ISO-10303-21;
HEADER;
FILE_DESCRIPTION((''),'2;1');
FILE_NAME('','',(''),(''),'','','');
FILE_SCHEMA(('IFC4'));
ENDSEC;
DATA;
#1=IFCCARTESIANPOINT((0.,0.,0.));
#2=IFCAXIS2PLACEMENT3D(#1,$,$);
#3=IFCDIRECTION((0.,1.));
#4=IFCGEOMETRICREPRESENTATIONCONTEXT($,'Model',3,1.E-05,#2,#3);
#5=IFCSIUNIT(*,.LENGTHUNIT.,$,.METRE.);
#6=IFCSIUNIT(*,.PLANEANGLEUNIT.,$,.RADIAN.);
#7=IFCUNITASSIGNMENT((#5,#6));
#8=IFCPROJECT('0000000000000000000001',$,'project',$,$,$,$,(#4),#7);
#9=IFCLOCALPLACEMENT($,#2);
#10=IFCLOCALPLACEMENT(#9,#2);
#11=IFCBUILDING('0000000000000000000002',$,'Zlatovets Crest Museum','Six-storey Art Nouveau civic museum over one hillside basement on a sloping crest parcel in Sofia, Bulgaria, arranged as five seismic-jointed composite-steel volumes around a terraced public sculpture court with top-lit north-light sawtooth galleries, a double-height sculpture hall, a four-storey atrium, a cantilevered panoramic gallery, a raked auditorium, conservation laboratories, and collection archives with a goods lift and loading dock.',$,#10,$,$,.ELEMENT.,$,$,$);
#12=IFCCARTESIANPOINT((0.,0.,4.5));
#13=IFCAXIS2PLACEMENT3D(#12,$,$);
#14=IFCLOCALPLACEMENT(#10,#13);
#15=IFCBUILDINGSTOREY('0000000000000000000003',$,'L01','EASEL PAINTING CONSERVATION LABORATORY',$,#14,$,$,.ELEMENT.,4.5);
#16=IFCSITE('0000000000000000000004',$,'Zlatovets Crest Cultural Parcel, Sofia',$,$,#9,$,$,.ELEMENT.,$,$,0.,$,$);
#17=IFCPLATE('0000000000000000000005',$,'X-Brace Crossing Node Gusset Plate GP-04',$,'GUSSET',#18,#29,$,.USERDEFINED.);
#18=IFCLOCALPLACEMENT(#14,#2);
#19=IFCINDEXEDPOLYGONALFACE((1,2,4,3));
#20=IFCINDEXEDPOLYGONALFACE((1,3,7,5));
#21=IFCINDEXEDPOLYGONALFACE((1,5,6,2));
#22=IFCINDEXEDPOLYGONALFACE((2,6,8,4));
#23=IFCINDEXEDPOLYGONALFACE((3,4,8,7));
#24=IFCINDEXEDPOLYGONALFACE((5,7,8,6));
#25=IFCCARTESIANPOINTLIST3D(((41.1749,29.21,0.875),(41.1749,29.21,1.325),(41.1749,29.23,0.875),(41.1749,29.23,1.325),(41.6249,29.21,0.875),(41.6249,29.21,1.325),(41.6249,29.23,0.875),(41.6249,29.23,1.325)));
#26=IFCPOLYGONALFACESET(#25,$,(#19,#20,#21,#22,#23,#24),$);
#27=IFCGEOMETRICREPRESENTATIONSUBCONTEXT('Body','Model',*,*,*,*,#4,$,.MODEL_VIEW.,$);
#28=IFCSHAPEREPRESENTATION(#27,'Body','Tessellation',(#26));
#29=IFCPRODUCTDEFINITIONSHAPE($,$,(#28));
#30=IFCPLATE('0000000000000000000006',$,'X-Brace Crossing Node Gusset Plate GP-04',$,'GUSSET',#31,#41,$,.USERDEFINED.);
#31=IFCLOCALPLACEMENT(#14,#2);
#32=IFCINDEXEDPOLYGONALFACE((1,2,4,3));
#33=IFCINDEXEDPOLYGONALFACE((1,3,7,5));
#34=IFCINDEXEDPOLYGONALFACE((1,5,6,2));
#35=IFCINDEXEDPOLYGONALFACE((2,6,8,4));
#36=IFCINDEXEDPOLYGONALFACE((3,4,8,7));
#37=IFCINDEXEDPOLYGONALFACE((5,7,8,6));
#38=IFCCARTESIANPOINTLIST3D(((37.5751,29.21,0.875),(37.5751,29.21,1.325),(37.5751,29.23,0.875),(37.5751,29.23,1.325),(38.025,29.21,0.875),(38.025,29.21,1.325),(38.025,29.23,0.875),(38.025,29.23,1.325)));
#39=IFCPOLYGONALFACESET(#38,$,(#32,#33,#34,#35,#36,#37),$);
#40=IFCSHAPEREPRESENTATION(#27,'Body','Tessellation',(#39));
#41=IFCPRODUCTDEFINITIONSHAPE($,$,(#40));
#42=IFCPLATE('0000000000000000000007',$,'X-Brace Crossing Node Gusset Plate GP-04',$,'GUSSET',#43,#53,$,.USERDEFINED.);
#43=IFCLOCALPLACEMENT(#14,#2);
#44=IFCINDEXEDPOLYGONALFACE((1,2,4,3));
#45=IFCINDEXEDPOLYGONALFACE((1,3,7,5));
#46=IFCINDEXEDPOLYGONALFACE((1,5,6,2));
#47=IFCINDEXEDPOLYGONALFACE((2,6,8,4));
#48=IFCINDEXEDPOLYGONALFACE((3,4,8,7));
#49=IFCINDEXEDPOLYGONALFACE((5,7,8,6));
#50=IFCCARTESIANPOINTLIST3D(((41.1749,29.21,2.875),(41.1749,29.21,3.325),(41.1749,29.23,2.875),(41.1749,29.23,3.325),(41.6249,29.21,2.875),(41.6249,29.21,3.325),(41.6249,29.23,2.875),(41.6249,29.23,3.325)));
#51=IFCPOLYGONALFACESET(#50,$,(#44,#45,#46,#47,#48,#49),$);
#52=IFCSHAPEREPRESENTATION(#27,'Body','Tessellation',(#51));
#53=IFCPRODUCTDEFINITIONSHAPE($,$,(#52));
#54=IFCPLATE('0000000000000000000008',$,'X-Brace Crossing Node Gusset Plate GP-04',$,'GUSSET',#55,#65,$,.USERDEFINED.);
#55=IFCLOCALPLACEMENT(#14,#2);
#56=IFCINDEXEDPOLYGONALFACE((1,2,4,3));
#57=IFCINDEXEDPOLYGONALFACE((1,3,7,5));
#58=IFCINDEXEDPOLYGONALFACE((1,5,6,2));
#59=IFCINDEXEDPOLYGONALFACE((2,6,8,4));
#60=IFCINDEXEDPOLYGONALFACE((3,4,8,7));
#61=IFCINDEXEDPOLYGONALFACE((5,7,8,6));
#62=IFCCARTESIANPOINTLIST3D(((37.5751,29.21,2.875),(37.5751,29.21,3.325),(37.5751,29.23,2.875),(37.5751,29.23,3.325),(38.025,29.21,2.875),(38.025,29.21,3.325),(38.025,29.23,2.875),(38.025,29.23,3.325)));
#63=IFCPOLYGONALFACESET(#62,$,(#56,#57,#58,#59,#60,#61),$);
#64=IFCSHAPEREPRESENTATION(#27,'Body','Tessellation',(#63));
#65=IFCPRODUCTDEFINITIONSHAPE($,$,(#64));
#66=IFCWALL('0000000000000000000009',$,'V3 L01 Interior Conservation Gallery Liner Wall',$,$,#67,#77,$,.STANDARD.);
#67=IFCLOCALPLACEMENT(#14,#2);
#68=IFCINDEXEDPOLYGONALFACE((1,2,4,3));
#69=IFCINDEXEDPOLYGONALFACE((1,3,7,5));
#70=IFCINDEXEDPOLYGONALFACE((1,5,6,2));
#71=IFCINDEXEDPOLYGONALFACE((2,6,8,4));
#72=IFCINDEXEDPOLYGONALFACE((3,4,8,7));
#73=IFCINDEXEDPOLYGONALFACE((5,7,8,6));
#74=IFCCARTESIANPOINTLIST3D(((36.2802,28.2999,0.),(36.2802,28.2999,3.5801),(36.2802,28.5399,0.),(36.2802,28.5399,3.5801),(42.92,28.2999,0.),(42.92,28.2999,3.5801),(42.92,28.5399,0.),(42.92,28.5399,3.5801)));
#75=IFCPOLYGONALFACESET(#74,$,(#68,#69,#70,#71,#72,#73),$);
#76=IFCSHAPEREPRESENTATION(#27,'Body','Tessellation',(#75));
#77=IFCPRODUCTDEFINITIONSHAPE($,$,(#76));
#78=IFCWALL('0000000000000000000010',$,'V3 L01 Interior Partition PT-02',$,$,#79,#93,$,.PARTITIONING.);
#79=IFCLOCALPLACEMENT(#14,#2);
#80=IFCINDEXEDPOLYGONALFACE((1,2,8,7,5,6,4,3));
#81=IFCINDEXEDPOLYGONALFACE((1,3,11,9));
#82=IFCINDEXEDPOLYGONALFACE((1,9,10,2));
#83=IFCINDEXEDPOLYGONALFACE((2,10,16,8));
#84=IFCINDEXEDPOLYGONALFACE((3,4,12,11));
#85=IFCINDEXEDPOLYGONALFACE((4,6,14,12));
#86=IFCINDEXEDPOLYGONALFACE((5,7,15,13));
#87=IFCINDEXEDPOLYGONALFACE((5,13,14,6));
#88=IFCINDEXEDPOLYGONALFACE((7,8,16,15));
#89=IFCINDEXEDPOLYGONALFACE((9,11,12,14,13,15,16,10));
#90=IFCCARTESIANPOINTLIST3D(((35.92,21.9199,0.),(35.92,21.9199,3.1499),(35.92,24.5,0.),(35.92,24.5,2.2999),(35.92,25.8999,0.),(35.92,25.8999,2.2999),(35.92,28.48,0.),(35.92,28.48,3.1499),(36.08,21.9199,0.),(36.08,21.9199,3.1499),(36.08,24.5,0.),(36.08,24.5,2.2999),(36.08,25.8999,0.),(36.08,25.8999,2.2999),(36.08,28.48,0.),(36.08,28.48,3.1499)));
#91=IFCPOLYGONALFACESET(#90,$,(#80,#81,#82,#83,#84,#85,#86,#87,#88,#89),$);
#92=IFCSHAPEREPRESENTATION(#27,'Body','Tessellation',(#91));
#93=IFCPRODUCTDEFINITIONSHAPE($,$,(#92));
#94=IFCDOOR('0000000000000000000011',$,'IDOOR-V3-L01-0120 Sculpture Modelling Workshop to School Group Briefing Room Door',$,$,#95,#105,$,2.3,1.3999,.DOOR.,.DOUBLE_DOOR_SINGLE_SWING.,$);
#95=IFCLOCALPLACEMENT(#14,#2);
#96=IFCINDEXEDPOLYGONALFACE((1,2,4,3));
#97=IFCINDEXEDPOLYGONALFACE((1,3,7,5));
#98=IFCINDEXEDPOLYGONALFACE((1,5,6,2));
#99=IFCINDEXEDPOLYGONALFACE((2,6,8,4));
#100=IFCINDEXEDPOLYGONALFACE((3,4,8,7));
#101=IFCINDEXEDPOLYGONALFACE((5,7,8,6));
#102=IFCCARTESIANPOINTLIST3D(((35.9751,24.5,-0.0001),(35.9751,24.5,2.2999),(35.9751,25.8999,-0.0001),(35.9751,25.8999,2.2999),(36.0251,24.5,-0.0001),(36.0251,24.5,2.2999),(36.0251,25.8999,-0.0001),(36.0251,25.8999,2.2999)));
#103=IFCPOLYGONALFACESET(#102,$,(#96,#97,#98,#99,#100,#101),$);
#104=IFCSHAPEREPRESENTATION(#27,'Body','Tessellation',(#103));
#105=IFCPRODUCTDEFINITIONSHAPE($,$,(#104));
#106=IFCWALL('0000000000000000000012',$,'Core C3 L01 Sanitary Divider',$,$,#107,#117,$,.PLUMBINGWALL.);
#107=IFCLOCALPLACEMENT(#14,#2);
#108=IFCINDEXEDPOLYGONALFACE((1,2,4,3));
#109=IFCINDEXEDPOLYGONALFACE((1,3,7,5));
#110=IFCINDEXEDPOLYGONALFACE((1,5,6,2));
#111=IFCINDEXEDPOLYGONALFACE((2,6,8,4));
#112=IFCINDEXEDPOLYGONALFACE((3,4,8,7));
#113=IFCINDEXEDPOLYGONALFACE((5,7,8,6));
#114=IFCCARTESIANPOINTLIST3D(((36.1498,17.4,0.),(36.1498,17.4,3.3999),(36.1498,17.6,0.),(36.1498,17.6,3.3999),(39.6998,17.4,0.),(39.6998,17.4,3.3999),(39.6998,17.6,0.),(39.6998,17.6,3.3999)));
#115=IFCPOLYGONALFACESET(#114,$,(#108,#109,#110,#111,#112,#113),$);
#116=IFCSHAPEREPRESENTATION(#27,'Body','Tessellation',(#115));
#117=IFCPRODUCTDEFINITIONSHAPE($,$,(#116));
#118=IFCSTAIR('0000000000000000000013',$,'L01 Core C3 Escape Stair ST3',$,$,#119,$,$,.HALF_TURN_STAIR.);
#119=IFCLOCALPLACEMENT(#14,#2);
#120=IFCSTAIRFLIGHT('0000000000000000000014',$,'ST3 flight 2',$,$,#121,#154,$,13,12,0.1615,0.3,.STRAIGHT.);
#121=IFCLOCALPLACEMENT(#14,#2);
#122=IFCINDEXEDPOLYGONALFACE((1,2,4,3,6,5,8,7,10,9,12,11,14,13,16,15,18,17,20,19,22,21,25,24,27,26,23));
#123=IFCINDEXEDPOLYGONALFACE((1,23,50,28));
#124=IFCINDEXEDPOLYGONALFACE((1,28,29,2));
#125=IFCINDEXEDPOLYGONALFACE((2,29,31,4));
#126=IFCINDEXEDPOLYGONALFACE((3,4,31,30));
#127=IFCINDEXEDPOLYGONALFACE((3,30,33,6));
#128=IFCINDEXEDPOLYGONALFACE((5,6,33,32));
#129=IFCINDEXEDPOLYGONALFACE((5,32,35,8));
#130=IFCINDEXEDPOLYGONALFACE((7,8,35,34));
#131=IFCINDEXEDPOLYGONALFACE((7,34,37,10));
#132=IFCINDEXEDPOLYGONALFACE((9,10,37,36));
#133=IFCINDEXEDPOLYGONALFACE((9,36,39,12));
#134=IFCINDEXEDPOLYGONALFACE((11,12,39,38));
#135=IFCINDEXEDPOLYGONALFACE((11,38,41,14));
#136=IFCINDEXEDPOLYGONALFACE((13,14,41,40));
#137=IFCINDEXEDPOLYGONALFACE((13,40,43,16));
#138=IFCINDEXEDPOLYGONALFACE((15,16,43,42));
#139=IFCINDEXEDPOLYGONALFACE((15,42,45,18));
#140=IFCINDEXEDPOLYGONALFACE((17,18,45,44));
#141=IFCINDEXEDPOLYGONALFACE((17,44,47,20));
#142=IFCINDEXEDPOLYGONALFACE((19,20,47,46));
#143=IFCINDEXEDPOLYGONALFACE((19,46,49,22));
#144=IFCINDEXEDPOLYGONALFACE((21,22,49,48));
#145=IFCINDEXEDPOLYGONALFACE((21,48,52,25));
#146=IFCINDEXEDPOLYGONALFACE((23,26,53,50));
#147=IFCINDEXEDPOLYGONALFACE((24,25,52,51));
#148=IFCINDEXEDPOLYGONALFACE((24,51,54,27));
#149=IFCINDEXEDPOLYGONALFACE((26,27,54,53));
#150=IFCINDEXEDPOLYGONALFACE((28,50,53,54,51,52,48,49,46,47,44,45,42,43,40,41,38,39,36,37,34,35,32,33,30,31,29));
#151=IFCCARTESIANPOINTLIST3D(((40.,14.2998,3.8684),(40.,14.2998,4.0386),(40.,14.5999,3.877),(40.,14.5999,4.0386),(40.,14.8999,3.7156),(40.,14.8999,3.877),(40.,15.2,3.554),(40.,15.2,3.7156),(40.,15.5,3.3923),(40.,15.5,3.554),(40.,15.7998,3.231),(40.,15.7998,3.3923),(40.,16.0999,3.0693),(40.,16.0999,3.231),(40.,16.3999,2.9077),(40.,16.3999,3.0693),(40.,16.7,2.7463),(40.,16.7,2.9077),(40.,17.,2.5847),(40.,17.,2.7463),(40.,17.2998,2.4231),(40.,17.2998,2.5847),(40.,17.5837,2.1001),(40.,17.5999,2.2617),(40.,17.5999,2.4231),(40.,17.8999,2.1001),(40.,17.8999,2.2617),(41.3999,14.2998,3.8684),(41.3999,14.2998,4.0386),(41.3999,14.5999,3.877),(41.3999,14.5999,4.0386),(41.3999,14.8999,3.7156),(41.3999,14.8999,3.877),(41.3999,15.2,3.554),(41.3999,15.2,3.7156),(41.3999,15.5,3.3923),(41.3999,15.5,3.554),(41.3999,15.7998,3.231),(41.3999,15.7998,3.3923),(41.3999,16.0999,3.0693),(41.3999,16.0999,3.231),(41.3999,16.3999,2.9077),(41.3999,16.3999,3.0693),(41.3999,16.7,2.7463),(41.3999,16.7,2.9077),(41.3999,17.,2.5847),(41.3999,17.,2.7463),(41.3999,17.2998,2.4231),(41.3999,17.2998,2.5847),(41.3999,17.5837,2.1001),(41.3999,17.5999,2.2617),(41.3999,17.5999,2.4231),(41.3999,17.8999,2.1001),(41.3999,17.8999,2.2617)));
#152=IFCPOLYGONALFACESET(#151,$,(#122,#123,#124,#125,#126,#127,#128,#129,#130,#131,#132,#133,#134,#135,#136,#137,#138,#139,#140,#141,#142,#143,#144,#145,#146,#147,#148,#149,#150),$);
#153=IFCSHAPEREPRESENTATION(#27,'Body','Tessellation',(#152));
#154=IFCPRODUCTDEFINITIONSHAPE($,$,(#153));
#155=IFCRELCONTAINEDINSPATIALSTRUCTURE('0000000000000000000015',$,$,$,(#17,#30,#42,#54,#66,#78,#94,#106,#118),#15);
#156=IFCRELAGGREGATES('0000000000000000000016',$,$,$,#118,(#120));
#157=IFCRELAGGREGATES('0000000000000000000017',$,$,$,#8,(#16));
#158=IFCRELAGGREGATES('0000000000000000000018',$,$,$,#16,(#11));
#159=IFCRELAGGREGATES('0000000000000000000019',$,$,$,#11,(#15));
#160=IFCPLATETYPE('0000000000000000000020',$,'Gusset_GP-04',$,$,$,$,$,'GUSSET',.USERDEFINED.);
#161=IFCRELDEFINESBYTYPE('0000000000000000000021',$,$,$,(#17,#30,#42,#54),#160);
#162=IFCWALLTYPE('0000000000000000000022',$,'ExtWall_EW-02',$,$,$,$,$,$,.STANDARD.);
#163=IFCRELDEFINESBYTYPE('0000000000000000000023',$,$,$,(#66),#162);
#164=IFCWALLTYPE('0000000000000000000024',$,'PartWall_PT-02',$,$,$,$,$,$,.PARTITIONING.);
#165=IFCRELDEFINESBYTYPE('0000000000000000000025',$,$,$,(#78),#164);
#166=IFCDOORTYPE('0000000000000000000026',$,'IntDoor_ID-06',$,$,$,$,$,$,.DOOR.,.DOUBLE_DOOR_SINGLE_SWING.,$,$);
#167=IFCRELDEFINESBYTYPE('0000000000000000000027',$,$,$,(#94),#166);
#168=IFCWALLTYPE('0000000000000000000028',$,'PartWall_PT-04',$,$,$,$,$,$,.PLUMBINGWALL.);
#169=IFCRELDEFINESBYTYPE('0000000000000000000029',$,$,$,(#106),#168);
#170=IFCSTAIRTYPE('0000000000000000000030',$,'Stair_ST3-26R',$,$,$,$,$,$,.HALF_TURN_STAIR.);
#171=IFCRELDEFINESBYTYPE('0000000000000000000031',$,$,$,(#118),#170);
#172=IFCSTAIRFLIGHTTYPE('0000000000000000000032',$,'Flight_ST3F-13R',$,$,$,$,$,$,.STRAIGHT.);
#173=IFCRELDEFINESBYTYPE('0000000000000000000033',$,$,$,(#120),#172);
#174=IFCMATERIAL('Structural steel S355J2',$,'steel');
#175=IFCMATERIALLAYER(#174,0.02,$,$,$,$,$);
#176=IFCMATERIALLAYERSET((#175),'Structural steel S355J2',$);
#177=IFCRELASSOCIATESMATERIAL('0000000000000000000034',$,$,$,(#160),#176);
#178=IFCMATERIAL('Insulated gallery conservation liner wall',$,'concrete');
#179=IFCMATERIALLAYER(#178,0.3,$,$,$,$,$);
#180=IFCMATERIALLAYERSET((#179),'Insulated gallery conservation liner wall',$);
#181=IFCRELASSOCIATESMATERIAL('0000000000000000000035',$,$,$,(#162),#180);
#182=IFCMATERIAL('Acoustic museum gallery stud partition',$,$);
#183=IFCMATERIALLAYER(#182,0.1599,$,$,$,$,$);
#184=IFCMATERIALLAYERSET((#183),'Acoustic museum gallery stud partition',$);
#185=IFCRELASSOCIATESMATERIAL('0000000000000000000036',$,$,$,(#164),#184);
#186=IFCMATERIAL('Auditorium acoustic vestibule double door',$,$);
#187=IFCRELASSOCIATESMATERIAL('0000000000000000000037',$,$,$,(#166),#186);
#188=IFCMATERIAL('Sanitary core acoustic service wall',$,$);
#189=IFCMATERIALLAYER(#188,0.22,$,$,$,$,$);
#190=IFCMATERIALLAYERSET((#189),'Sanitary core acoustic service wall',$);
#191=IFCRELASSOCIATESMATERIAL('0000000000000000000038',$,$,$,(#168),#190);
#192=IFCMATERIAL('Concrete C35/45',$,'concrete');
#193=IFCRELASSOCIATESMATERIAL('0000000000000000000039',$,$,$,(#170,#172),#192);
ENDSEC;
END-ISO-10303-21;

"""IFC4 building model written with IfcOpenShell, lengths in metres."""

from ifc_helpers import new_model, si_unit, direction, frame, frame_2d, origin, origin_2d, place, context, subcontext, project, spatial, polyline, rectangle, outline, extrude, material, layer, layer_set, type_object, element, fill, aggregate, save


model = new_model("IFC4")

# Units and contexts
model_context = context("Model", 3, precision=1e-05, world=origin(), true_north=direction((0.0, 1.0)))
body_context = subcontext(model_context, "Body", "Model", "MODEL_VIEW")
ifc_project = project(units=[si_unit("LENGTHUNIT", "METRE"), si_unit("PLANEANGLEUNIT", "RADIAN")], contexts=[model_context])

# Site, building, storey
site_placement = place(None, origin())
site = spatial("IfcSite", under=ifc_project, at=site_placement, Name="Zlatovets Crest Cultural Parcel, Sofia", CompositionType="ELEMENT", RefElevation=0.0)
building_placement = place(site_placement, origin())
building = spatial("IfcBuilding", under=site, at=building_placement, Name="Zlatovets Crest Museum", Description="Six-storey Art Nouveau civic museum over one hillside basement on a sloping crest parcel in Sofia, Bulgaria, arranged as five seismic-jointed composite-steel volumes around a terraced public sculpture court with top-lit north-light sawtooth galleries, a double-height sculpture hall, a four-storey atrium, a cantilevered panoramic gallery, a raked auditorium, conservation laboratories, and collection archives with a goods lift and loading dock.", CompositionType="ELEMENT")
storey_placement = place(building_placement, frame((0.0, 0.0, 4.5)))
storey = spatial("IfcBuildingStorey", under=building, at=storey_placement, Name="L01", Description="EASEL PAINTING CONSERVATION LABORATORY", CompositionType="ELEMENT", Elevation=4.5)

# Shared definitions
ifc_material_1 = material(Name="Structural steel S355J2", Category="steel")

# Plates
ifc_layer_1 = layer(ifc_material_1, 0.02)
ifc_layer_set_1 = layer_set([ifc_layer_1], Name="Structural steel S355J2")
plate_type_1 = type_object("IfcPlateType", Name="Gusset_GP-04", ElementType="GUSSET", PredefinedType="USERDEFINED", material=ifc_layer_set_1)
for number, where, z_axis, x_axis, name in (
    (1, (41.3999, 29.22, 0.875), (0.0, 0.0, 1.0), (1.0, 0.0, 0.0), "X-Brace Crossing Node Gusset Plate GP-04"),
    (2, (37.8, 29.22, 0.875), (0.0, 0.0, 1.0), (1.0, 0.0, 0.0), "X-Brace Crossing Node Gusset Plate GP-04"),
    (3, (41.3999, 29.22, 2.875), (0.0, 0.0, 1.0), (1.0, 0.0, 0.0), "X-Brace Crossing Node Gusset Plate GP-04"),
    (4, (37.8, 29.22, 2.875), (0.0, 0.0, 1.0), (1.0, 0.0, 0.0), "X-Brace Crossing Node Gusset Plate GP-04"),
):
    element("IfcPlate", number, at=place(storey_placement, frame(where, z_axis=z_axis, x_axis=x_axis)), inside=storey, type_object=plate_type_1, Name=name, ObjectType="GUSSET", PredefinedType="USERDEFINED", context=body_context, shape_type="SweptSolid", body=[
        extrude(rectangle(XDim=0.45, YDim=0.02, at=origin_2d()), origin(), (0.0, 0.0, 1.0), 0.45),
    ])

# Wall
ifc_material_2 = material(Name="Insulated gallery conservation liner wall", Category="concrete")
ifc_layer_2 = layer(ifc_material_2, 0.3)
ifc_layer_set_2 = layer_set([ifc_layer_2], Name="Insulated gallery conservation liner wall")
wall_type_1 = type_object("IfcWallType", Name="ExtWall_EW-02", PredefinedType="STANDARD", material=ifc_layer_set_2)
wall_1_placement = place(storey_placement, frame((42.9199, 28.4199, 0.0), z_axis=(0.0, 0.0, 1.0), x_axis=(-1.0, 0.0, 0.0)))
element("IfcWall", 5, at=wall_1_placement, inside=storey, type_object=wall_type_1, Name="V3 L01 Interior Conservation Gallery Liner Wall", PredefinedType="STANDARD", context=body_context, shape_type="SweptSolid", body=[
    extrude(rectangle(XDim=6.6399, YDim=0.24, at=frame_2d((3.3198, 0.0))), origin(), (0.0, 0.0, 1.0), 3.5801),
])

# Wall, opening, door
ifc_material_3 = material(Name="Acoustic museum gallery stud partition")
ifc_layer_3 = layer(ifc_material_3, 0.1599)
ifc_layer_set_3 = layer_set([ifc_layer_3], Name="Acoustic museum gallery stud partition")
wall_type_2 = type_object("IfcWallType", Name="PartWall_PT-02", PredefinedType="PARTITIONING", material=ifc_layer_set_3)
wall_2_placement = place(storey_placement, frame((36.0, 21.9199, 0.0), z_axis=(0.0, 0.0, 1.0), x_axis=(0.0, 1.0, 0.0)))
wall_2 = element("IfcWall", 6, at=wall_2_placement, inside=storey, type_object=wall_type_2, Name="V3 L01 Interior Partition PT-02", PredefinedType="PARTITIONING", context=body_context, shape_type="SweptSolid", body=[
    extrude(rectangle(XDim=6.5601, YDim=0.1599, at=frame_2d((3.28, 0.0))), origin(), (0.0, 0.0, 1.0), 3.1499),
])
opening_placement = place(wall_2_placement, frame((2.5801, 0.0, 0.0)))
opening = element("IfcOpeningElement", 7, at=opening_placement, cuts=wall_2, PredefinedType="OPENING", context=body_context, shape_type="SweptSolid", body=[
    extrude(rectangle(XDim=1.3999, YDim=2.3, at=frame_2d((0.7, 1.1499))), frame((0.0, 0.0898, 0.0), z_axis=(0.0, -1.0, 0.0), x_axis=(1.0, 0.0, 0.0)), (0.0, 0.0, 1.0), 0.1799),
])
ifc_material_4 = material(Name="Auditorium acoustic vestibule double door")
door_type = type_object("IfcDoorType", Name="IntDoor_ID-06", OperationType="DOUBLE_DOOR_SINGLE_SWING", PredefinedType="DOOR", material=ifc_material_4)
door_placement = place(opening_placement, origin())
door = element("IfcDoor", 8, at=door_placement, inside=storey, type_object=door_type, Name="IDOOR-V3-L01-0120 Sculpture Modelling Workshop to School Group Briefing Room Door", OperationType="DOUBLE_DOOR_SINGLE_SWING", OverallHeight=2.3, OverallWidth=1.3999, PredefinedType="DOOR", context=body_context, shape_type="SweptSolid", body=[
    extrude(rectangle(XDim=1.3999, YDim=2.3, at=frame_2d((0.7, 1.1499))), frame((0.0, 0.0249, 0.0), z_axis=(0.0, -1.0, 0.0), x_axis=(1.0, 0.0, 0.0)), (0.0, 0.0, 1.0), 0.05),
])
fill(opening, door)

# Wall
ifc_material_5 = material(Name="Sanitary core acoustic service wall")
ifc_layer_4 = layer(ifc_material_5, 0.22)
ifc_layer_set_4 = layer_set([ifc_layer_4], Name="Sanitary core acoustic service wall")
wall_type_3 = type_object("IfcWallType", Name="PartWall_PT-04", PredefinedType="PLUMBINGWALL", material=ifc_layer_set_4)
wall_3_placement = place(storey_placement, frame((36.1499, 17.5, 0.0), z_axis=(0.0, 0.0, 1.0), x_axis=(1.0, 0.0, 0.0)))
element("IfcWall", 9, at=wall_3_placement, inside=storey, type_object=wall_type_3, Name="Core C3 L01 Sanitary Divider", PredefinedType="PLUMBINGWALL", context=body_context, shape_type="SweptSolid", body=[
    extrude(rectangle(XDim=3.55, YDim=0.2, at=frame_2d((1.7749, 0.0))), origin(), (0.0, 0.0, 1.0), 3.3999),
])

# Stair, stair flight
ifc_material_6 = material(Name="Concrete C35/45", Category="concrete")
stair_type = type_object("IfcStairType", Name="Stair_ST3-26R", PredefinedType="HALF_TURN_STAIR", material=ifc_material_6)
stair_placement = place(storey_placement, origin())
stair = element("IfcStair", 10, at=stair_placement, inside=storey, type_object=stair_type, Name="L01 Core C3 Escape Stair ST3", PredefinedType="HALF_TURN_STAIR")
stair_flight_type = type_object("IfcStairFlightType", Name="Flight_ST3F-13R", PredefinedType="STRAIGHT", material=ifc_material_6)
stair_flight_placement = place(storey_placement, frame((40.7, 17.8999, 2.1001), z_axis=(0.0, 0.0, 1.0), x_axis=(0.0, -1.0, 0.0)))
stair_flight = element("IfcStairFlight", 11, at=stair_flight_placement, type_object=stair_flight_type, Name="ST3 flight 2", NumberOfRisers=13, NumberOfTreads=12, PredefinedType="STRAIGHT", RiserHeight=0.1615, TreadLength=0.3, context=body_context, shape_type="SweptSolid", body=[
    extrude(outline(polyline([(0.0, 0.0), (0.0, 0.1616), (0.3, 0.1616), (0.3, 0.323), (0.6001, 0.323), (0.6001, 0.4846), (0.8999, 0.4846), (0.8999, 0.6462), (1.2, 0.6462), (1.2, 0.8076), (1.5, 0.8076), (1.5, 0.9692), (1.8, 0.9692), (1.8, 1.1309), (2.1001, 1.1309), (2.1001, 1.2922), (2.3999, 1.2922), (2.3999, 1.4539), (2.7, 1.4539), (2.7, 1.6155), (3.0, 1.6155), (3.0, 1.7769), (3.3, 1.7769), (3.3, 1.9385), (3.6001, 1.9385), (3.6001, 2.1001), (3.6001, 1.7683), (0.3162, 0.0), (0.0, 0.0)])), frame((0.0, 0.7, 0.0), z_axis=(0.0, -1.0, 0.0), x_axis=(1.0, 0.0, 0.0)), (0.0, 0.0, 1.0), 1.3999),
])
aggregate(stair, [stair_flight])

save(model, "model.ifc")
